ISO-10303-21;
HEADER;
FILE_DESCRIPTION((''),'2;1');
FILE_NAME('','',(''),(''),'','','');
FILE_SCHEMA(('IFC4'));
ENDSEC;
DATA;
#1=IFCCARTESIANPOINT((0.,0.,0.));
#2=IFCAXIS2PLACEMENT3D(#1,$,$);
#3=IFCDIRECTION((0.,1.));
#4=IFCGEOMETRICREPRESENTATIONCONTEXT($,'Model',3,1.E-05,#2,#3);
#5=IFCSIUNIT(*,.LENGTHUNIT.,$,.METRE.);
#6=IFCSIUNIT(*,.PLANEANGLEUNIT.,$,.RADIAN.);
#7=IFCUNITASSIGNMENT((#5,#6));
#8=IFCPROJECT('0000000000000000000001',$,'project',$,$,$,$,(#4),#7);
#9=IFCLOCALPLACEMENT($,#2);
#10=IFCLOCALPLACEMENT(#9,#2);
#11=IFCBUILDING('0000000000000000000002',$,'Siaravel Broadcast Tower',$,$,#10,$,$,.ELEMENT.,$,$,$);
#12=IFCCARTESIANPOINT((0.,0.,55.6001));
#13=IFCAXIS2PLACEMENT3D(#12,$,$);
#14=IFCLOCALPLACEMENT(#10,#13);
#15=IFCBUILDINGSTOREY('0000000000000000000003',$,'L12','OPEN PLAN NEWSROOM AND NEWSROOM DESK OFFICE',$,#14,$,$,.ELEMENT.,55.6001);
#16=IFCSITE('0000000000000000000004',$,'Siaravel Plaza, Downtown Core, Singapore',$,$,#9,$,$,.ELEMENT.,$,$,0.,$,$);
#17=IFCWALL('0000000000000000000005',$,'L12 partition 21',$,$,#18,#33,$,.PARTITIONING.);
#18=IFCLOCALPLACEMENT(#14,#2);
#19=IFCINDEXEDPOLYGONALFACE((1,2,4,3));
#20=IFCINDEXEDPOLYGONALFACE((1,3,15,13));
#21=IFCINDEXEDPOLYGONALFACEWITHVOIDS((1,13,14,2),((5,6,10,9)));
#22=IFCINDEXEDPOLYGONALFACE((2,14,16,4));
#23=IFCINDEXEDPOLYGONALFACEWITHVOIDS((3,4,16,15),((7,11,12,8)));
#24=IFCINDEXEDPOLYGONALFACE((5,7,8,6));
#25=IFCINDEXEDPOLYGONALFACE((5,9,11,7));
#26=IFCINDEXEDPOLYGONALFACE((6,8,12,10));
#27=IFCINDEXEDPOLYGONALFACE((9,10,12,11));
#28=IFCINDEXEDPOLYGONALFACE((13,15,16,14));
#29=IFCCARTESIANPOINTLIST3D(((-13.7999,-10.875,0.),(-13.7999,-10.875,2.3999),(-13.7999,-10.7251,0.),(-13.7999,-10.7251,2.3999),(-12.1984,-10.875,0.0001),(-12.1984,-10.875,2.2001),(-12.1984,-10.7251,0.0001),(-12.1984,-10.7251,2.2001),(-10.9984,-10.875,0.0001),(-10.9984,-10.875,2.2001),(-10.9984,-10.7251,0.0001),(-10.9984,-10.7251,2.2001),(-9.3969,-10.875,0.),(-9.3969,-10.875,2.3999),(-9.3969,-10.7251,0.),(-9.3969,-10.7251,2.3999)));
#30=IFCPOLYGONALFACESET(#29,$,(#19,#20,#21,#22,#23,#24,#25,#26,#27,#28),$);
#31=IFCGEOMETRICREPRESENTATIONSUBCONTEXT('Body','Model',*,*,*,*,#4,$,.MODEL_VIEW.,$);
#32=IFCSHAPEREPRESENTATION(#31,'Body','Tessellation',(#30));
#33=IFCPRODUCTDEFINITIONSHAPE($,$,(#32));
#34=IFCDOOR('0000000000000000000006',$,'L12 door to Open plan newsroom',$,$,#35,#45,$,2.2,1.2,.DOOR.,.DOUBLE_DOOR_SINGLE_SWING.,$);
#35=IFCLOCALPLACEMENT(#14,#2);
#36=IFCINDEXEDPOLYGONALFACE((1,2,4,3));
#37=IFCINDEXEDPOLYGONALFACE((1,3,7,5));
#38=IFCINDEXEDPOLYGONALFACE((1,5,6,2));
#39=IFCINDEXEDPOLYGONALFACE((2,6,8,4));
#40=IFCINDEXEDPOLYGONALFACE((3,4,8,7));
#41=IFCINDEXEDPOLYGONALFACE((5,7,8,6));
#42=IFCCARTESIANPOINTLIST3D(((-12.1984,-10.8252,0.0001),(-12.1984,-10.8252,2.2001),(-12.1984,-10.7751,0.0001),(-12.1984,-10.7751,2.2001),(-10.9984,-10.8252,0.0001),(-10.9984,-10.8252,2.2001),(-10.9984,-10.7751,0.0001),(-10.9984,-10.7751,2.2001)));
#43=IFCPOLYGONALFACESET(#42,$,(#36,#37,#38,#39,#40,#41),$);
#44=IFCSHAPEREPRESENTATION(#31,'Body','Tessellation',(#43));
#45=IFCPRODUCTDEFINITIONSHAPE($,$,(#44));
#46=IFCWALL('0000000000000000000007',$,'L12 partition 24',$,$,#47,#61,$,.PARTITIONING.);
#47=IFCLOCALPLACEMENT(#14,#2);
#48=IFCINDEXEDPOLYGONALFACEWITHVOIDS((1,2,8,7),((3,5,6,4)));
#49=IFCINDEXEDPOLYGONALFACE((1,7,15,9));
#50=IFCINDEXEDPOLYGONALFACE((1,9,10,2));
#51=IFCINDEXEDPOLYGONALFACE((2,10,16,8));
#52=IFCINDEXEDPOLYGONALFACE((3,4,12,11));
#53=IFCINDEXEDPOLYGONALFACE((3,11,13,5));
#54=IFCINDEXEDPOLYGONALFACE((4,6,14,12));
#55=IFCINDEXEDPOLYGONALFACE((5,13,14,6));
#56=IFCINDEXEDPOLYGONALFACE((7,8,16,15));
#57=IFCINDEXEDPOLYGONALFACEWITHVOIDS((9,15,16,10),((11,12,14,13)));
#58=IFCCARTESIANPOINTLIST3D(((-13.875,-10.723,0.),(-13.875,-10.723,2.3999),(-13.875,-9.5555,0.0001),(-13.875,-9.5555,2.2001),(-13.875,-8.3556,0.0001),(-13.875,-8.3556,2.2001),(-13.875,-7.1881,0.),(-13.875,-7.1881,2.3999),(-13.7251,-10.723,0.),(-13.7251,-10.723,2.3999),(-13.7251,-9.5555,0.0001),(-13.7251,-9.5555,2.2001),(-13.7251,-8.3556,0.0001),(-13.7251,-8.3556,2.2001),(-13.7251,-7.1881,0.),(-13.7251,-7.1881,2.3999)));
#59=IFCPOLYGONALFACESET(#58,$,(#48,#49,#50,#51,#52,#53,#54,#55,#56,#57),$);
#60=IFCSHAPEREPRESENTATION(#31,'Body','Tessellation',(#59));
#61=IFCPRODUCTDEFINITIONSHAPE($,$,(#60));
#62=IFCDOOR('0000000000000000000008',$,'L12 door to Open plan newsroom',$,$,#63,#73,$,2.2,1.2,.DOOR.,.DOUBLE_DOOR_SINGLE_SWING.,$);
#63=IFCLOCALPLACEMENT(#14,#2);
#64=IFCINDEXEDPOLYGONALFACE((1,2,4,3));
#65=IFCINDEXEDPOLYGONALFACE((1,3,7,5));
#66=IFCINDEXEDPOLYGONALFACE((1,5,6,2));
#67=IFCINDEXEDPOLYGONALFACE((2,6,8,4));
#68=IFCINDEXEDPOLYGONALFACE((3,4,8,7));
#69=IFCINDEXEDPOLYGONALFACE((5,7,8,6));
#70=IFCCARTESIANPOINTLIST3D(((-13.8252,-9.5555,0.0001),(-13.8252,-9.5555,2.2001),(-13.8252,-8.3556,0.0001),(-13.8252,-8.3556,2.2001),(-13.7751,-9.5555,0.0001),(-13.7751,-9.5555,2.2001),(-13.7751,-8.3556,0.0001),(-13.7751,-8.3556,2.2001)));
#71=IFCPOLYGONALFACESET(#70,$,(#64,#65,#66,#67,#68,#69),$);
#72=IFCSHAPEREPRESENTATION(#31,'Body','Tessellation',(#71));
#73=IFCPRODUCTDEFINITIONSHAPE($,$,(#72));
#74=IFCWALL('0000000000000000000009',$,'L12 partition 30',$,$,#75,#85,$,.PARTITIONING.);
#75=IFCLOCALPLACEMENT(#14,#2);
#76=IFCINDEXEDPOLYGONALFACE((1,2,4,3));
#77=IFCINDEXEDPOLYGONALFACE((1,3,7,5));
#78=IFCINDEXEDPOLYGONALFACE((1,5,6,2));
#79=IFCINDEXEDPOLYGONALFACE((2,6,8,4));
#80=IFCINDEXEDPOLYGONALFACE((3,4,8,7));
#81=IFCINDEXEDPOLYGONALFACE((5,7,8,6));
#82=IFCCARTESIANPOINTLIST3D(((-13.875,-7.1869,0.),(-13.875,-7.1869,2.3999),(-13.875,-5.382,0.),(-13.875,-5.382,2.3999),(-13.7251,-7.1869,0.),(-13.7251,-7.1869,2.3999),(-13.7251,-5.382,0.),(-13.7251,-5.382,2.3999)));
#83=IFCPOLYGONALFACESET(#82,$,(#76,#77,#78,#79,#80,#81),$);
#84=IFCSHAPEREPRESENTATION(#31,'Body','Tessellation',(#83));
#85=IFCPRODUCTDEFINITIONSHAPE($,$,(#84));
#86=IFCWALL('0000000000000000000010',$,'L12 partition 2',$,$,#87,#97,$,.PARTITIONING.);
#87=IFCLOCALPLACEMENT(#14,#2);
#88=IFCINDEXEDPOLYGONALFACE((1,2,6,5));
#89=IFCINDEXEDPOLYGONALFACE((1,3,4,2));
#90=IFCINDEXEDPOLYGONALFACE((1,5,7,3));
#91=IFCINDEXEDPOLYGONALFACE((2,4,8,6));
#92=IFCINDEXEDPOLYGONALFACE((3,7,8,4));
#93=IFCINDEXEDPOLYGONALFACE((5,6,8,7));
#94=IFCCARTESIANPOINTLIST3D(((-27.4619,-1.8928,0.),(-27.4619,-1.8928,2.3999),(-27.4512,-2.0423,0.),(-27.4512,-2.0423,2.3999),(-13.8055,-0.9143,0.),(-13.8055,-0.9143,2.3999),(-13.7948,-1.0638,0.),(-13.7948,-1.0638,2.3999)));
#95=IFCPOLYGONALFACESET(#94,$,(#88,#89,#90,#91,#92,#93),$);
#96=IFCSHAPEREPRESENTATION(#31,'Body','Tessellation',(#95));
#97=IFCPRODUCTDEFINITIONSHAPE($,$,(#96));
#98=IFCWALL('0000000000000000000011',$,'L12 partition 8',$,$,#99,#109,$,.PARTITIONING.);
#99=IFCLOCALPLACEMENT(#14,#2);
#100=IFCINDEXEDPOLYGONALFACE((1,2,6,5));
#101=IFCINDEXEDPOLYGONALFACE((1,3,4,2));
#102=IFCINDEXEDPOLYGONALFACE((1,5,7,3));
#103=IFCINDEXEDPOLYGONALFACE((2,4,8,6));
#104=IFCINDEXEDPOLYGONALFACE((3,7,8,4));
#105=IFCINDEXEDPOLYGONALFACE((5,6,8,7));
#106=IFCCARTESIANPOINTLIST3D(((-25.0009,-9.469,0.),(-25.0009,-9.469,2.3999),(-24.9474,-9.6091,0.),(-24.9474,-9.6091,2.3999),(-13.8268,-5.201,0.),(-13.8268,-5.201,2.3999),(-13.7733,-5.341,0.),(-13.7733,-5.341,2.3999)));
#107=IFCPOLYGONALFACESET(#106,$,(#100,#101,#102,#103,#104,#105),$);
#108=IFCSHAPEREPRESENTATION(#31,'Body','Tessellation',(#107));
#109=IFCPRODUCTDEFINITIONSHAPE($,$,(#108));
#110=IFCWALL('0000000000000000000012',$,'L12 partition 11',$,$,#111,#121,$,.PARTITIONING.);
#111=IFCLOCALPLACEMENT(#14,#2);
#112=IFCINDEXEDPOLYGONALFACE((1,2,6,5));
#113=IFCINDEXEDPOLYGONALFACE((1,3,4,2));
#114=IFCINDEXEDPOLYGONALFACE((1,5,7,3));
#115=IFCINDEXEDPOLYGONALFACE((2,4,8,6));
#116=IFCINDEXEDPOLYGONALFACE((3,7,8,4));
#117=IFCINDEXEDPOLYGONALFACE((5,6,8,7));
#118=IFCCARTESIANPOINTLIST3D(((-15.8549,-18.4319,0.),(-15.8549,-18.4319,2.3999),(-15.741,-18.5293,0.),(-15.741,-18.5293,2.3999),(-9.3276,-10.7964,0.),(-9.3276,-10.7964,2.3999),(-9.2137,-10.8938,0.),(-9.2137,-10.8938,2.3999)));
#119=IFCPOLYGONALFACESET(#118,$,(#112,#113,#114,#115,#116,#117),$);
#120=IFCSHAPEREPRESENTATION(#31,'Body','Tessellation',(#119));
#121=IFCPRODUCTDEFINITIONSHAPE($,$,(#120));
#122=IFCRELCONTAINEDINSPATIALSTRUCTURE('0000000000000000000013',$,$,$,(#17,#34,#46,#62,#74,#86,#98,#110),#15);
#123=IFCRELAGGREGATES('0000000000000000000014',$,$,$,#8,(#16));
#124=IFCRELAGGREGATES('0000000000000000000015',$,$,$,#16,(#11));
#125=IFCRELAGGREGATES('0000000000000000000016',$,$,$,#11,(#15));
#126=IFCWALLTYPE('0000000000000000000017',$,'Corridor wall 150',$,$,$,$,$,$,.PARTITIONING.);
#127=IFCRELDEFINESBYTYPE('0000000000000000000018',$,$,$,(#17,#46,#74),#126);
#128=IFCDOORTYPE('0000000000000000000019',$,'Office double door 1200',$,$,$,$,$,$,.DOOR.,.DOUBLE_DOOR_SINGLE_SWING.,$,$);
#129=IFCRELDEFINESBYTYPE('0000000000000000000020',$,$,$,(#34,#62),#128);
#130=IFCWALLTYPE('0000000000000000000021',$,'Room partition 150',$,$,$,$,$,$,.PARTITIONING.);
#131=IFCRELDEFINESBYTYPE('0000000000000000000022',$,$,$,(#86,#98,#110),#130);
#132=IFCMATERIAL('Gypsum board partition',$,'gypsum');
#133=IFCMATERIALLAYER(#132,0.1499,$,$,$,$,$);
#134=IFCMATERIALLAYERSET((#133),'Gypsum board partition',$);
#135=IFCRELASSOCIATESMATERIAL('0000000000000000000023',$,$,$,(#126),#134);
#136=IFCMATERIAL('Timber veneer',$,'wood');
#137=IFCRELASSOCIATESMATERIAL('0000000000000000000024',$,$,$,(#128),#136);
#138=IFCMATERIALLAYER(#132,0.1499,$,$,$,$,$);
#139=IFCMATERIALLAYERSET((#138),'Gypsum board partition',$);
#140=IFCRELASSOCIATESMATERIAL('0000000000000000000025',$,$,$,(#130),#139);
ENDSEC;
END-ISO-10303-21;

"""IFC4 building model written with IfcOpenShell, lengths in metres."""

from ifc_helpers import new_model, si_unit, direction, frame, frame_2d, origin, place, context, subcontext, project, spatial, rectangle, extrude, material, layer, layer_set, type_object, element, fill, save


model = new_model("IFC4")

# Units and contexts
model_context = context("Model", 3, precision=1e-05, world=origin(), true_north=direction((0.0, 1.0)))
body_context = subcontext(model_context, "Body", "Model", "MODEL_VIEW")
ifc_project = project(units=[si_unit("LENGTHUNIT", "METRE"), si_unit("PLANEANGLEUNIT", "RADIAN")], contexts=[model_context])

# Site, building, storey
site_placement = place(None, origin())
site = spatial("IfcSite", under=ifc_project, at=site_placement, Name="Siaravel Plaza, Downtown Core, Singapore", CompositionType="ELEMENT", RefElevation=0.0)
building_placement = place(site_placement, origin())
building = spatial("IfcBuilding", under=site, at=building_placement, Name="Siaravel Broadcast Tower", CompositionType="ELEMENT")
storey_placement = place(building_placement, frame((0.0, 0.0, 55.6001)))
storey = spatial("IfcBuildingStorey", under=building, at=storey_placement, Name="L12", Description="OPEN PLAN NEWSROOM AND NEWSROOM DESK OFFICE", CompositionType="ELEMENT", Elevation=55.6001)

# Walls, openings, doors
ifc_material_1 = material(Name="Gypsum board partition", Category="gypsum")
ifc_layer_1 = layer(ifc_material_1, 0.1499)
ifc_layer_set_1 = layer_set([ifc_layer_1], Name="Gypsum board partition")
wall_type_1 = type_object("IfcWallType", Name="Corridor wall 150", PredefinedType="PARTITIONING", material=ifc_layer_set_1)
wall_1_placement = place(storey_placement, frame((-13.8, -10.8, 0.0), z_axis=(0.0, 0.0, 1.0), x_axis=(1.0, 0.0, 0.0)))
wall_1 = element("IfcWall", 1, at=wall_1_placement, inside=storey, type_object=wall_type_1, Name="L12 partition 21", PredefinedType="PARTITIONING", context=body_context, shape_type="SweptSolid", body=[
    extrude(rectangle(XDim=4.4031, YDim=0.1499, at=frame_2d((2.2017, 0.0))), origin(), (0.0, 0.0, 1.0), 2.3999),
])
opening_1_placement = place(wall_1_placement, frame((1.6016, 0.0, 0.0)))
opening_1 = element("IfcOpeningElement", 2, at=opening_1_placement, cuts=wall_1, PredefinedType="OPENING", context=body_context, shape_type="SweptSolid", body=[
    extrude(rectangle(XDim=1.2, YDim=2.2, at=frame_2d((0.6001, 1.1001))), frame((0.0, 0.085, 0.0), z_axis=(0.0, -1.0, 0.0), x_axis=(1.0, 0.0, 0.0)), (0.0, 0.0, 1.0), 0.1699),
])
ifc_material_2 = material(Name="Timber veneer", Category="wood")
door_type = type_object("IfcDoorType", Name="Office double door 1200", OperationType="DOUBLE_DOOR_SINGLE_SWING", PredefinedType="DOOR", material=ifc_material_2)
door_1_placement = place(opening_1_placement, origin())
door_1 = element("IfcDoor", 3, at=door_1_placement, inside=storey, type_object=door_type, Name="L12 door to Open plan newsroom", OperationType="DOUBLE_DOOR_SINGLE_SWING", OverallHeight=2.2, OverallWidth=1.2, PredefinedType="DOOR", context=body_context, shape_type="SweptSolid", body=[
    extrude(rectangle(XDim=1.2, YDim=2.2, at=frame_2d((0.6001, 1.1001))), frame((0.0, 0.0249, 0.0), z_axis=(0.0, -1.0, 0.0), x_axis=(1.0, 0.0, 0.0)), (0.0, 0.0, 1.0), 0.05),
])
fill(opening_1, door_1)
wall_2_placement = place(storey_placement, frame((-13.8, -7.188, 0.0), z_axis=(0.0, 0.0, 1.0), x_axis=(0.0, -1.0, 0.0)))
wall_2 = element("IfcWall", 4, at=wall_2_placement, inside=storey, type_object=wall_type_1, Name="L12 partition 24", PredefinedType="PARTITIONING", context=body_context, shape_type="SweptSolid", body=[
    extrude(rectangle(XDim=3.5349, YDim=0.1499, at=frame_2d((1.7676, 0.0))), origin(), (0.0, 0.0, 1.0), 2.3999),
])
opening_2_placement = place(wall_2_placement, frame((1.1675, 0.0, 0.0)))
opening_2 = element("IfcOpeningElement", 5, at=opening_2_placement, cuts=wall_2, PredefinedType="OPENING", context=body_context, shape_type="SweptSolid", body=[
    extrude(rectangle(XDim=1.2, YDim=2.2, at=frame_2d((0.6001, 1.1001))), frame((0.0, 0.085, 0.0), z_axis=(0.0, -1.0, 0.0), x_axis=(1.0, 0.0, 0.0)), (0.0, 0.0, 1.0), 0.1699),
])
door_2_placement = place(opening_2_placement, origin())
door_2 = element("IfcDoor", 6, at=door_2_placement, inside=storey, type_object=door_type, Name="L12 door to Open plan newsroom", OperationType="DOUBLE_DOOR_SINGLE_SWING", OverallHeight=2.2, OverallWidth=1.2, PredefinedType="DOOR", context=body_context, shape_type="SweptSolid", body=[
    extrude(rectangle(XDim=1.2, YDim=2.2, at=frame_2d((0.6001, 1.1001))), frame((0.0, 0.0249, 0.0), z_axis=(0.0, -1.0, 0.0), x_axis=(1.0, 0.0, 0.0)), (0.0, 0.0, 1.0), 0.05),
])
fill(opening_2, door_2)

# Walls
wall_3_placement = place(storey_placement, frame((-13.8, -5.3821, 0.0), z_axis=(0.0, 0.0, 1.0), x_axis=(0.0, -1.0, 0.0)))
element("IfcWall", 7, at=wall_3_placement, inside=storey, type_object=wall_type_1, Name="L12 partition 30", PredefinedType="PARTITIONING", context=body_context, shape_type="SweptSolid", body=[
    extrude(rectangle(XDim=1.8049, YDim=0.1499, at=frame_2d((0.9023, 0.0))), origin(), (0.0, 0.0, 1.0), 2.3999),
])
ifc_layer_2 = layer(ifc_material_1, 0.1499)
ifc_layer_set_2 = layer_set([ifc_layer_2], Name="Gypsum board partition")
wall_type_2 = type_object("IfcWallType", Name="Room partition 150", PredefinedType="PARTITIONING", material=ifc_layer_set_2)
wall_4_placement = place(storey_placement, frame((-27.4565, -1.9675, 0.0), z_axis=(0.0, 0.0, 1.0), x_axis=(0.997443, 0.071469, 0.0)))
element("IfcWall", 8, at=wall_4_placement, inside=storey, type_object=wall_type_2, Name="L12 partition 2", PredefinedType="PARTITIONING", context=body_context, shape_type="SweptSolid", body=[
    extrude(rectangle(XDim=13.6914, YDim=0.1499, at=frame_2d((6.8457, 0.0))), origin(), (0.0, 0.0, 1.0), 2.3999),
])
wall_5_placement = place(storey_placement, frame((-24.9741, -9.5391, 0.0), z_axis=(0.0, 0.0, 1.0), x_axis=(0.934174, 0.356818, 0.0)))
element("IfcWall", 9, at=wall_5_placement, inside=storey, type_object=wall_type_2, Name="L12 partition 8", PredefinedType="PARTITIONING", context=body_context, shape_type="SweptSolid", body=[
    extrude(rectangle(XDim=11.9614, YDim=0.1499, at=frame_2d((5.9807, 0.0))), origin(), (0.0, 0.0, 1.0), 2.3999),
])
wall_6_placement = place(storey_placement, frame((-15.7979, -18.4805, 0.0), z_axis=(0.0, 0.0, 1.0), x_axis=(0.649794, 0.76011, 0.0)))
element("IfcWall", 10, at=wall_6_placement, inside=storey, type_object=wall_type_2, Name="L12 partition 11", PredefinedType="PARTITIONING", context=body_context, shape_type="SweptSolid", body=[
    extrude(rectangle(XDim=10.0452, YDim=0.1499, at=frame_2d((5.0225, 0.0))), origin(), (0.0, 0.0, 1.0), 2.3999),
])

save(model, "model.ifc")
